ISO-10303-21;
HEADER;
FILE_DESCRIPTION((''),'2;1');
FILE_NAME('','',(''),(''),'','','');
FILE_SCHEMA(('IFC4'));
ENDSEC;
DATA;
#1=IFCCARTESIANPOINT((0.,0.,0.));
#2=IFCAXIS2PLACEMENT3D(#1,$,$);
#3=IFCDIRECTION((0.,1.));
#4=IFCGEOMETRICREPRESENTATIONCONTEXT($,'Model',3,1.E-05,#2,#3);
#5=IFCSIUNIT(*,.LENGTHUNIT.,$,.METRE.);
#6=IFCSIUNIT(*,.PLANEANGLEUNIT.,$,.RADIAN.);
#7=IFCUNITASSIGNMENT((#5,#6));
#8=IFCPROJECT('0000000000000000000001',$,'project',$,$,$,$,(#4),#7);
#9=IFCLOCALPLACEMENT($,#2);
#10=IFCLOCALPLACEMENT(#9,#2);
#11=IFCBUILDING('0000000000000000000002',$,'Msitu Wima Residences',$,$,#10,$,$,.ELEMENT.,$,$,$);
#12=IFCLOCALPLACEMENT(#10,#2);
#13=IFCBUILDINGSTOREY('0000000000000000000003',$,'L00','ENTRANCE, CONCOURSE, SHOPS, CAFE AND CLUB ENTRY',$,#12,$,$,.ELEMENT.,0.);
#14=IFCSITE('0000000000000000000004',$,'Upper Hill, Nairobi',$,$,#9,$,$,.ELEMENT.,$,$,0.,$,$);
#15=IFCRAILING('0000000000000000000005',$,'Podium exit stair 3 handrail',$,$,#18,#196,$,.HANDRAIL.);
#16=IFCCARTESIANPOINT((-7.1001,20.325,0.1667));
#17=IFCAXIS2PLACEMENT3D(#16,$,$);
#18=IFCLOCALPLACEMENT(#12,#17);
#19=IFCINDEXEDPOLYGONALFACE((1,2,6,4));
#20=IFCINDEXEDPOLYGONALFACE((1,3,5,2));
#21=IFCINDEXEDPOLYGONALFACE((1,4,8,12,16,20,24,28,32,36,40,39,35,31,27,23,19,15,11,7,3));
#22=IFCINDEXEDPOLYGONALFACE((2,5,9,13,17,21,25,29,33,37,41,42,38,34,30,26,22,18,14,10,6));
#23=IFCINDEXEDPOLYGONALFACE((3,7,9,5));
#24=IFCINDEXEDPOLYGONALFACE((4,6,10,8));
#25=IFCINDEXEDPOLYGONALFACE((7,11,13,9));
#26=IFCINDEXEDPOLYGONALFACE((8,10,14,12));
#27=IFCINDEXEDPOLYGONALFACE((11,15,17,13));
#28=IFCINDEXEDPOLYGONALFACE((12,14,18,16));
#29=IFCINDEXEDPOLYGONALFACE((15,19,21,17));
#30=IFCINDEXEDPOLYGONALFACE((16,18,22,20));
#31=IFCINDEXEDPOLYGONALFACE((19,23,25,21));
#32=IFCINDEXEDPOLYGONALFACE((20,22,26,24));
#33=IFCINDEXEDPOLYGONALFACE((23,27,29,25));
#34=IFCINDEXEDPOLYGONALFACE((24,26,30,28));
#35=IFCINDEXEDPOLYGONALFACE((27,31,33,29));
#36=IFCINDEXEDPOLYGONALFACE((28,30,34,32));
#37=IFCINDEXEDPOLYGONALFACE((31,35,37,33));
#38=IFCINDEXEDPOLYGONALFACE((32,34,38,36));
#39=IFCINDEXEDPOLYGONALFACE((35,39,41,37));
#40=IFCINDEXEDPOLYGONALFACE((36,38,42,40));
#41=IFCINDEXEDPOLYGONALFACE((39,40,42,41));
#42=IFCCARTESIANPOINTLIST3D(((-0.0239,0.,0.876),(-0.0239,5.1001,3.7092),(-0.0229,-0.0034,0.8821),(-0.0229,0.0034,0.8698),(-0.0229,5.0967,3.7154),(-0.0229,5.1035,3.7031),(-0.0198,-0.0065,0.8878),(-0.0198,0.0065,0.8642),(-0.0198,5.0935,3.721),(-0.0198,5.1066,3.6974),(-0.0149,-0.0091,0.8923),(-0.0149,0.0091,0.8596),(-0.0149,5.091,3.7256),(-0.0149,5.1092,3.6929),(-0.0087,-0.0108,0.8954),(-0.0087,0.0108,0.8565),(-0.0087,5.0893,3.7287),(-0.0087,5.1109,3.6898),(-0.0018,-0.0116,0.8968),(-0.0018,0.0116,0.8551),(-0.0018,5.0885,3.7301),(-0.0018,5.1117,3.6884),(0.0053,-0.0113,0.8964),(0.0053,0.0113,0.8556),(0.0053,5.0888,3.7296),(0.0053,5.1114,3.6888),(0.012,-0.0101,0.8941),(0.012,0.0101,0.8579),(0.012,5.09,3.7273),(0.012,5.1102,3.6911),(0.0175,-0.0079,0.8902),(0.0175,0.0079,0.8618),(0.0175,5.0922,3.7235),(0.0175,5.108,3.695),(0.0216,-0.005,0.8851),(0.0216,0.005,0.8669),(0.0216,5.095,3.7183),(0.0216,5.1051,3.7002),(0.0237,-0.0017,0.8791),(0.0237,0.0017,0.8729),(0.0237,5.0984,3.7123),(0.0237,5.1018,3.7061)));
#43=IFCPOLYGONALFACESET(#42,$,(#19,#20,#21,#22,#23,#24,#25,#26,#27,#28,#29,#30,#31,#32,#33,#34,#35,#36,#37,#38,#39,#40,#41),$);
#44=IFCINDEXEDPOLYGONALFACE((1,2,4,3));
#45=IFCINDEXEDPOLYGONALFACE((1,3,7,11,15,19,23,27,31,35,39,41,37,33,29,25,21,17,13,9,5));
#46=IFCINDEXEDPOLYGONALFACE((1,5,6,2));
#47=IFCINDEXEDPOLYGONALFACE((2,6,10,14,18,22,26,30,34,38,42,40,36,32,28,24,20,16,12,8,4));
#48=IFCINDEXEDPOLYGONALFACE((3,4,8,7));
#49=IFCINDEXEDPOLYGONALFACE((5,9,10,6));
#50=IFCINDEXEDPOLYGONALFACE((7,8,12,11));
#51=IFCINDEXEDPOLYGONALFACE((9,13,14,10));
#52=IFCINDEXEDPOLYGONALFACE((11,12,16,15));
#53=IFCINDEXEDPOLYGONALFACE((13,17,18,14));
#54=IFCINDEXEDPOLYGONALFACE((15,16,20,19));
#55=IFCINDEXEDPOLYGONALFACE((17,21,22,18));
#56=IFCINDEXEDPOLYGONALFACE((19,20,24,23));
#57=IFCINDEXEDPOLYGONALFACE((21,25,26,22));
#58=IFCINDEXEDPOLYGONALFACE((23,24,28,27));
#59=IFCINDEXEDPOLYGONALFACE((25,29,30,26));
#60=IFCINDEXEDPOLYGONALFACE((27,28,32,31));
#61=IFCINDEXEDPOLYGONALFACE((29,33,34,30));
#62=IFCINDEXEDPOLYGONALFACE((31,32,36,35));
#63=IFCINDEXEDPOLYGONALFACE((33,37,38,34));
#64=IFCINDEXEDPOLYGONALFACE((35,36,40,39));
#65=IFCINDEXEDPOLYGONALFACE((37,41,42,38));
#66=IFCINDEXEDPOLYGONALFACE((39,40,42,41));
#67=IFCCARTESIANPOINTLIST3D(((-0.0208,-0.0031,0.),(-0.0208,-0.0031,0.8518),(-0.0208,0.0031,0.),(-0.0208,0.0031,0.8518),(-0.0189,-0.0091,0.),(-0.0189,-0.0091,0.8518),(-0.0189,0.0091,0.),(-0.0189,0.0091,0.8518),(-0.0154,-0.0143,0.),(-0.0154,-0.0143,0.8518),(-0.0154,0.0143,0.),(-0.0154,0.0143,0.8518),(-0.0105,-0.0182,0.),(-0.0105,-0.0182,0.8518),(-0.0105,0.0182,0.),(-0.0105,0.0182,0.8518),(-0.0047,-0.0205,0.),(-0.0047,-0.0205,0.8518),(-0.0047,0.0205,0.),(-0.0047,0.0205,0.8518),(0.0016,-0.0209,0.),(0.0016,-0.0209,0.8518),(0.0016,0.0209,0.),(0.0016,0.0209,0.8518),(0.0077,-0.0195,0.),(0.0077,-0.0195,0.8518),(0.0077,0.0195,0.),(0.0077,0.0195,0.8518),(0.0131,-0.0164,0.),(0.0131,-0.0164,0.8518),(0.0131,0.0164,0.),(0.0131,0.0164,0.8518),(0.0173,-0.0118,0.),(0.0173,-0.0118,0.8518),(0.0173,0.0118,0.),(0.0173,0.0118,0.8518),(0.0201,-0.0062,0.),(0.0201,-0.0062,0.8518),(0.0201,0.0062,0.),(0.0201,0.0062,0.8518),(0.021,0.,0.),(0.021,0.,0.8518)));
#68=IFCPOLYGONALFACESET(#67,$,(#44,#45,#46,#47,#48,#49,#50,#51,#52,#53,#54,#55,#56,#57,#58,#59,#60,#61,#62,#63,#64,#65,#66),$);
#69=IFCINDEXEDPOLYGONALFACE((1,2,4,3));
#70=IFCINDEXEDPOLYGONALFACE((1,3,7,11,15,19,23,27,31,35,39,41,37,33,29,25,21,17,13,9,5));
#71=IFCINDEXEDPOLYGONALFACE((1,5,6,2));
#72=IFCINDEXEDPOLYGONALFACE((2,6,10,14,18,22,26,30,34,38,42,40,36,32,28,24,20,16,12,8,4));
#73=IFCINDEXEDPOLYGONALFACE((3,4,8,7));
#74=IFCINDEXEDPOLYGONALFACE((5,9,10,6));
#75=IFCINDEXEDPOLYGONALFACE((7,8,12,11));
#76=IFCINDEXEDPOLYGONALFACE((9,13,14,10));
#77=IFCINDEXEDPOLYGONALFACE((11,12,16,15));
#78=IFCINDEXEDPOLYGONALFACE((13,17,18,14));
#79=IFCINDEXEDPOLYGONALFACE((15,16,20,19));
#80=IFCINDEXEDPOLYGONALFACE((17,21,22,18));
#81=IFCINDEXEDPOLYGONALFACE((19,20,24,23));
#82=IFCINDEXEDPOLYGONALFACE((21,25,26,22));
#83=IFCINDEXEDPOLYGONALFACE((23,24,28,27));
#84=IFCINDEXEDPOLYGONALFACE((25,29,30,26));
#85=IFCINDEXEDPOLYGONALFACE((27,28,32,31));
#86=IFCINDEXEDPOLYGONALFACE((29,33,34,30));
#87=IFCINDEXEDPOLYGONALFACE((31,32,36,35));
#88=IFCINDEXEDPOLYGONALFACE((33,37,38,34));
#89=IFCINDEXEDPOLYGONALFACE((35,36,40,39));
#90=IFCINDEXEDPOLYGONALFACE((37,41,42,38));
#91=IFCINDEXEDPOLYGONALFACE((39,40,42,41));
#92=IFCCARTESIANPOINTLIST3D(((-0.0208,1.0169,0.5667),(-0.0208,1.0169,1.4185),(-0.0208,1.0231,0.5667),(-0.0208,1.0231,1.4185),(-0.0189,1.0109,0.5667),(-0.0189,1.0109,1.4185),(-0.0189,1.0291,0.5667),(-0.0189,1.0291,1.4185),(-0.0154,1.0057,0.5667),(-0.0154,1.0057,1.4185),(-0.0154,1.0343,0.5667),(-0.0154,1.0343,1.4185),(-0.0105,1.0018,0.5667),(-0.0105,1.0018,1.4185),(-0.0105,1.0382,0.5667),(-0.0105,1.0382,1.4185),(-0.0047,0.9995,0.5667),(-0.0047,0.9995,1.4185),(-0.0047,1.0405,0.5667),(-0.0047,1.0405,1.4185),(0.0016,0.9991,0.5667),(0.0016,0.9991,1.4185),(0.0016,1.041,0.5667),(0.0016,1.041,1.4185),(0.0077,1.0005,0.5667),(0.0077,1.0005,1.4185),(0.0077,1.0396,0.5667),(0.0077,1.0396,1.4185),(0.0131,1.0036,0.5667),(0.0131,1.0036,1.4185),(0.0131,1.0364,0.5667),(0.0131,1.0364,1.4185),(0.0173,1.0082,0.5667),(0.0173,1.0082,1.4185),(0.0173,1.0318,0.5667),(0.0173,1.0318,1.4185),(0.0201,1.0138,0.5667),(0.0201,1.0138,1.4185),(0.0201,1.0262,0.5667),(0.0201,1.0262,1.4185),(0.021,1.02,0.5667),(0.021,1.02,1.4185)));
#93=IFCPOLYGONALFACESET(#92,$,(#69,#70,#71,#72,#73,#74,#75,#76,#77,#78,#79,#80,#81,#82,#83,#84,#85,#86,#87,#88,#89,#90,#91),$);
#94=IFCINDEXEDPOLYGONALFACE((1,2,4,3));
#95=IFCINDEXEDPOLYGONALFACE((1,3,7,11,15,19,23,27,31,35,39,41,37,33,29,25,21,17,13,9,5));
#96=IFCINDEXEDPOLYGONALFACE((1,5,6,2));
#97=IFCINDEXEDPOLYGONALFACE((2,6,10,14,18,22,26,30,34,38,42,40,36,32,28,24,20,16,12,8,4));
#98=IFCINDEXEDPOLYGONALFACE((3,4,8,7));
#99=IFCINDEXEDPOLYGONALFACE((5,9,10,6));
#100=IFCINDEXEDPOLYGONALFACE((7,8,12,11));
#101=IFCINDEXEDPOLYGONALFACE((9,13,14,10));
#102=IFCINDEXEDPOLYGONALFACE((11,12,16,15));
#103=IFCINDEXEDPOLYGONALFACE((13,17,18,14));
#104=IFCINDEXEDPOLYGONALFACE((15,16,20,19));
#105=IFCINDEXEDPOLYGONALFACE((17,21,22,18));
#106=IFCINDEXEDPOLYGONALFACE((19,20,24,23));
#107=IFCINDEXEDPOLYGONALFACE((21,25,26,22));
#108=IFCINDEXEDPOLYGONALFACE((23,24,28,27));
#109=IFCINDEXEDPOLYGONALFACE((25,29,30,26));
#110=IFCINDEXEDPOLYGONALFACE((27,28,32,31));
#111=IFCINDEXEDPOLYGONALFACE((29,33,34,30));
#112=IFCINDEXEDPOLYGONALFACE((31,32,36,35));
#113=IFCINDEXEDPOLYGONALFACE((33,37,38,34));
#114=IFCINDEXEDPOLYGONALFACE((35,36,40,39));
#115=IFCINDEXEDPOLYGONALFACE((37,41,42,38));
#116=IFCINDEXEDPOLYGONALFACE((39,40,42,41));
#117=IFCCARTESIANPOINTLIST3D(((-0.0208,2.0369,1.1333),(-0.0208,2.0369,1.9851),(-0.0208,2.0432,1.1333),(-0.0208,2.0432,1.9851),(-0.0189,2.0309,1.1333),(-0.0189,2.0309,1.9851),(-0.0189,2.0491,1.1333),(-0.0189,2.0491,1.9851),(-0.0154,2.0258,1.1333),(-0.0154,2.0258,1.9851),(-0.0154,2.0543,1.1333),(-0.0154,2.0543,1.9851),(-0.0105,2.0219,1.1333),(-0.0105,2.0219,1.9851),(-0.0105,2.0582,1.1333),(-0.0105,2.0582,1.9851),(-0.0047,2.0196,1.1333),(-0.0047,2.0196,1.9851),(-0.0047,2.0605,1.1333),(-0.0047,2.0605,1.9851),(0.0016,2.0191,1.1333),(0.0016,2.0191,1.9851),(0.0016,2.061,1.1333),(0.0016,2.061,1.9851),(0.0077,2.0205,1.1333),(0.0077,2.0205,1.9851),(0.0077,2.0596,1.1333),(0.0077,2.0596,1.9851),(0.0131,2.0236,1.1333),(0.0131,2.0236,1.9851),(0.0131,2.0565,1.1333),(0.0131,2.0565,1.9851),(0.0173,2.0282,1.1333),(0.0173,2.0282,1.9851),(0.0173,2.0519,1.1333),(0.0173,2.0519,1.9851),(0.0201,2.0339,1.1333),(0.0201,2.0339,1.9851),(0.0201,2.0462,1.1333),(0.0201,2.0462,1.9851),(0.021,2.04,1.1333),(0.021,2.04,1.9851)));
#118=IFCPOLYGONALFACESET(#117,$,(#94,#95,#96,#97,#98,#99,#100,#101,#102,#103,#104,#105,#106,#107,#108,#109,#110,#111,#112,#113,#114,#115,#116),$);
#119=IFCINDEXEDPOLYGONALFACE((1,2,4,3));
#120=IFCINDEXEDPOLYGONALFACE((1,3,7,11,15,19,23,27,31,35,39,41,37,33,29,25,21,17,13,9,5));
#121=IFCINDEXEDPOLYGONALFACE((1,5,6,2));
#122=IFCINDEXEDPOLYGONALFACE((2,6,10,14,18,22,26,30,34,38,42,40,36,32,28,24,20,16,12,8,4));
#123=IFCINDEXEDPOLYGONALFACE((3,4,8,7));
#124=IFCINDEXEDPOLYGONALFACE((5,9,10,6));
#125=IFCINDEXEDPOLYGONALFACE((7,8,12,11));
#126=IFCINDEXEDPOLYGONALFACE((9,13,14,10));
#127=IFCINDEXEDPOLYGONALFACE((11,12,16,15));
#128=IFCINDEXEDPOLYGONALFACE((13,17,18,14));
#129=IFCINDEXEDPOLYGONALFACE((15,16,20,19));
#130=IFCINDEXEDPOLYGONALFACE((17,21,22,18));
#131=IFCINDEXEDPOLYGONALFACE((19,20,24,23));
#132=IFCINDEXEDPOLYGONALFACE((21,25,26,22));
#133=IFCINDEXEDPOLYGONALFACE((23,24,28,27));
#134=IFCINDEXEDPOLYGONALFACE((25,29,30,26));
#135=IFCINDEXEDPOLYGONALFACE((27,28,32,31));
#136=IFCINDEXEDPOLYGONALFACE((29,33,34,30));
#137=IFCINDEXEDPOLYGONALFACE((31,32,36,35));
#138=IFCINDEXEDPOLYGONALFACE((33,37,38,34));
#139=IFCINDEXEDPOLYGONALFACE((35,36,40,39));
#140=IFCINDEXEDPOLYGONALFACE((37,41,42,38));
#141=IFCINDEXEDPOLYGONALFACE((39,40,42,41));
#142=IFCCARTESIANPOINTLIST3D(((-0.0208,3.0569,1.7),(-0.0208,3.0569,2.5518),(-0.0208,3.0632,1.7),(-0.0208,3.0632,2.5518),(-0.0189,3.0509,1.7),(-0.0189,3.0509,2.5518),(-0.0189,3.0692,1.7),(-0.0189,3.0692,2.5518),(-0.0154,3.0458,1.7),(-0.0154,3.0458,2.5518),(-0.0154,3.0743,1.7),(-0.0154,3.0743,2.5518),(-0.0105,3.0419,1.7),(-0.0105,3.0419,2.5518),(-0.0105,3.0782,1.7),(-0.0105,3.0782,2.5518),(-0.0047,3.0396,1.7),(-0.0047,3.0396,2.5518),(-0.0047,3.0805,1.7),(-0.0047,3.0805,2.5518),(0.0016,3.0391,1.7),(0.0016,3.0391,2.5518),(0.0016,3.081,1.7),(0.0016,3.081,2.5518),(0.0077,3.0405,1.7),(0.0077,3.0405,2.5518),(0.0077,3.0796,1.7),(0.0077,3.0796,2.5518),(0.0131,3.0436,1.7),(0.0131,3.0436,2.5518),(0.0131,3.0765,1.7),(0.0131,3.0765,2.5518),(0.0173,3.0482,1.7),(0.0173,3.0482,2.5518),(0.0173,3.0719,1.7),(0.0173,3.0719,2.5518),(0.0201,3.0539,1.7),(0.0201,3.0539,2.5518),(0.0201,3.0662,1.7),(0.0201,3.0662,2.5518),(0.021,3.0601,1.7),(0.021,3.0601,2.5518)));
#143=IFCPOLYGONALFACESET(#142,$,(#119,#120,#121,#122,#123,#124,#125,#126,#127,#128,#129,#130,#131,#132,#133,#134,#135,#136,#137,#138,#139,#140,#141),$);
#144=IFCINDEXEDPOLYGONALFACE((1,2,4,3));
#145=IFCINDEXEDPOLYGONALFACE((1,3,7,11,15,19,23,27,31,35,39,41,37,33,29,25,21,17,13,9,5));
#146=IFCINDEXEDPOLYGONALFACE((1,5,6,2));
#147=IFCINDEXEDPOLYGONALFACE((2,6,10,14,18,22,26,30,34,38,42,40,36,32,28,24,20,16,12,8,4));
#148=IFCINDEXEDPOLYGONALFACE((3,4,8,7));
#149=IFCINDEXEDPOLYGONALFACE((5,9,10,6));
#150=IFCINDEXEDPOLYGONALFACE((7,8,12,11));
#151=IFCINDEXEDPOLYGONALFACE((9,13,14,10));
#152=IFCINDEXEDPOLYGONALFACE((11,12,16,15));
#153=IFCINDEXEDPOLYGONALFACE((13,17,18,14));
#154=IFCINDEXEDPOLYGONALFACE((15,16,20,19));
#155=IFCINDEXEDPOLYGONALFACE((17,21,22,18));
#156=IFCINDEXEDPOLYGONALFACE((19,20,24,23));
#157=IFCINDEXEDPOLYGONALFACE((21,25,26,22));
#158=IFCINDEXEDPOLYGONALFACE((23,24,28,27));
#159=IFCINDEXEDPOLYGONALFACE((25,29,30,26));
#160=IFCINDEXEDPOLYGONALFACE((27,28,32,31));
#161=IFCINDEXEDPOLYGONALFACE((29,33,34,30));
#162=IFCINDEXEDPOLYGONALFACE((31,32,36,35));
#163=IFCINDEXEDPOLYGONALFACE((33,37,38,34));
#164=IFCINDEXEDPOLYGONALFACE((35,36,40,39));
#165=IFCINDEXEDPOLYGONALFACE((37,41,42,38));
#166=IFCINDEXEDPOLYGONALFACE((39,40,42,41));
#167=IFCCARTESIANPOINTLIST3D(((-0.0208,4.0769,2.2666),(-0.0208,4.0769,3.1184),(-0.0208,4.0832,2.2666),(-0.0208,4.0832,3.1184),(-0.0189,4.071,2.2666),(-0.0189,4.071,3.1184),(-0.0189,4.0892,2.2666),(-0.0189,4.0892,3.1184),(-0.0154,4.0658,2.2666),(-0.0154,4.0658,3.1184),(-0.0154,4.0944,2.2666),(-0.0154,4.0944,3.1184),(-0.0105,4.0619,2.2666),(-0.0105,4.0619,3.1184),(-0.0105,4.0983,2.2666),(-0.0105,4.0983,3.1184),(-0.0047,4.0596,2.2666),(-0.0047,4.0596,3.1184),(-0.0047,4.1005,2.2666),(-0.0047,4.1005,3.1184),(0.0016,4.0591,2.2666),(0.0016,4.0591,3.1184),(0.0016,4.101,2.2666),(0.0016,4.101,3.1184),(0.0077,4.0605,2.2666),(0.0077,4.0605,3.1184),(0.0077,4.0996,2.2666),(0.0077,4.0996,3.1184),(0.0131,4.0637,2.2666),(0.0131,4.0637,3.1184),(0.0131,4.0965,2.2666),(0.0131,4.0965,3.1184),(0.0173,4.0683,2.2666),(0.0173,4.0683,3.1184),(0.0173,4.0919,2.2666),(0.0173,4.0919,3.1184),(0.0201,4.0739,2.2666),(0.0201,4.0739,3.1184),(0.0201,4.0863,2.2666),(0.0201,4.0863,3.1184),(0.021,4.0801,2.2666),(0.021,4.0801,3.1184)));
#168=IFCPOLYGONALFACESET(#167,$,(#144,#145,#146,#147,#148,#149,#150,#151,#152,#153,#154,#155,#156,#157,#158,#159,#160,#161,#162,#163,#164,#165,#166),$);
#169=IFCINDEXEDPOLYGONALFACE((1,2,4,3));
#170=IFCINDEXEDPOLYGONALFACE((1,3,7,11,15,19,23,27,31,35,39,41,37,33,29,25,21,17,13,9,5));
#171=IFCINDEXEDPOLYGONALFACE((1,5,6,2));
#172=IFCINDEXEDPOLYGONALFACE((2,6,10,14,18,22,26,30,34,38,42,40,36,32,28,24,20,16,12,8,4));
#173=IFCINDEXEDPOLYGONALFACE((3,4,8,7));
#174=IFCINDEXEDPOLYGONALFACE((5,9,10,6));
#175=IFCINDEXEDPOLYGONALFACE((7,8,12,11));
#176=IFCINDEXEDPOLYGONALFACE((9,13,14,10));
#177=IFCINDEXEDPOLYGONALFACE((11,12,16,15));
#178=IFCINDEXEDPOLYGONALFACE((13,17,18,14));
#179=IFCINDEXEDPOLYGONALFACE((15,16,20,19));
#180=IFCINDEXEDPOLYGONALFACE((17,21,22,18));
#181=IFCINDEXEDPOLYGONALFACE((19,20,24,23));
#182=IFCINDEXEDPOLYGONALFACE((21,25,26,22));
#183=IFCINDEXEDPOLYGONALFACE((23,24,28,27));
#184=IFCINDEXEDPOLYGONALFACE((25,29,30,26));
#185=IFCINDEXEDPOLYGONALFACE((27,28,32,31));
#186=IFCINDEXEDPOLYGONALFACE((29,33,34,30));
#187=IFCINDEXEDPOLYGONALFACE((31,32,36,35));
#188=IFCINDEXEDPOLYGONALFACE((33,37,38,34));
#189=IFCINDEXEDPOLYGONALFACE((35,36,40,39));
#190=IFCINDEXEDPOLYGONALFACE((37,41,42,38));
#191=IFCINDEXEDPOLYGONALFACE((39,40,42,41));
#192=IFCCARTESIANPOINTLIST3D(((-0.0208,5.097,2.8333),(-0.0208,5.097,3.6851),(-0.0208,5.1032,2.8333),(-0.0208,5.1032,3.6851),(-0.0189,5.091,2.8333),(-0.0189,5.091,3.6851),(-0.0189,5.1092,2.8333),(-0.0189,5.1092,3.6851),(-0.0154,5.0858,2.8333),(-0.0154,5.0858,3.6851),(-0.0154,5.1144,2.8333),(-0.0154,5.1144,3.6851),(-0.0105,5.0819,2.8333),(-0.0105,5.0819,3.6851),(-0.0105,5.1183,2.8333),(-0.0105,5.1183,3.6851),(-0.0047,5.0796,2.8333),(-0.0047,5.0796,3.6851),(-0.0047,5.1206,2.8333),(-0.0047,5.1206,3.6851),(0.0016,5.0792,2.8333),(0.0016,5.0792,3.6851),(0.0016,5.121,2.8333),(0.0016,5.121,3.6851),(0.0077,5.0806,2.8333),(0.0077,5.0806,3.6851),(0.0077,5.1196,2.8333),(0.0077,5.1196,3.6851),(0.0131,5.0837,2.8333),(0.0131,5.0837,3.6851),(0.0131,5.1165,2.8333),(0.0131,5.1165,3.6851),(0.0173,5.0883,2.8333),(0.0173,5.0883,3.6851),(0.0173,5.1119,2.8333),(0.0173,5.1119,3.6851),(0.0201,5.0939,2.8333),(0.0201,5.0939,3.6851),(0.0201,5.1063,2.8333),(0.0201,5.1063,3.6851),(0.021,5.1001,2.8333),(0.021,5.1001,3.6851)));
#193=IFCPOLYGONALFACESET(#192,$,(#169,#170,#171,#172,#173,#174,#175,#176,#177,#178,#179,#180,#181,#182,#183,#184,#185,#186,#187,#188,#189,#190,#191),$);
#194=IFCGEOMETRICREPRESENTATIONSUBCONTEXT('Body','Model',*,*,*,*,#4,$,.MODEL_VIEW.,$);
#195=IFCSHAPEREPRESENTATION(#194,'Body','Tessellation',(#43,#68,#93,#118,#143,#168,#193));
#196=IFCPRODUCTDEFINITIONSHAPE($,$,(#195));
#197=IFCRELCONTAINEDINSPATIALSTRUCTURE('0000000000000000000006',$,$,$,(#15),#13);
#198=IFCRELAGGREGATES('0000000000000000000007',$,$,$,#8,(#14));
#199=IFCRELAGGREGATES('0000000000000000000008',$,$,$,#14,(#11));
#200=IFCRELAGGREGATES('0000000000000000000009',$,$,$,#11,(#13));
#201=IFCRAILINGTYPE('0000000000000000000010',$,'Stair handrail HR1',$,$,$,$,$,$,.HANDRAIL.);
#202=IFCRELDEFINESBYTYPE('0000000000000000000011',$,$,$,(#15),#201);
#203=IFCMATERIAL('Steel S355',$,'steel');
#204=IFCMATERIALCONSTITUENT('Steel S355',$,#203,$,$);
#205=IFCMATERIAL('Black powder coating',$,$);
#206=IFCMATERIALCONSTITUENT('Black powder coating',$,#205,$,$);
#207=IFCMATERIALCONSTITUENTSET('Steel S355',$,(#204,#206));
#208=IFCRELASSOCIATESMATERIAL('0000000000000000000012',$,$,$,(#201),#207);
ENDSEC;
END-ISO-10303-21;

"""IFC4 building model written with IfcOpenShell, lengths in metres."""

from ifc_helpers import new_model, si_unit, direction, frame, origin, origin_2d, place, context, subcontext, project, spatial, circle, extrude, material, constituent, constituent_set, type_object, element, save


model = new_model("IFC4")

# Units and contexts
model_context = context("Model", 3, precision=1e-05, world=origin(), true_north=direction((0.0, 1.0)))
body_context = subcontext(model_context, "Body", "Model", "MODEL_VIEW")
ifc_project = project(units=[si_unit("LENGTHUNIT", "METRE"), si_unit("PLANEANGLEUNIT", "RADIAN")], contexts=[model_context])

# Site, building, storey
site_placement = place(None, origin())
site = spatial("IfcSite", under=ifc_project, at=site_placement, Name="Upper Hill, Nairobi", CompositionType="ELEMENT", RefElevation=0.0)
building_placement = place(site_placement, origin())
building = spatial("IfcBuilding", under=site, at=building_placement, Name="Msitu Wima Residences", CompositionType="ELEMENT")
storey_placement = place(building_placement, origin())
storey = spatial("IfcBuildingStorey", under=building, at=storey_placement, Name="L00", Description="ENTRANCE, CONCOURSE, SHOPS, CAFE AND CLUB ENTRY", CompositionType="ELEMENT", Elevation=0.0)

# Railing
ifc_material_1 = material(Name="Steel S355", Category="steel")
ifc_constituent_1 = constituent(ifc_material_1, Name="Steel S355")
ifc_material_2 = material(Name="Black powder coating")
ifc_constituent_2 = constituent(ifc_material_2, Name="Black powder coating")
ifc_constituent_set = constituent_set(constituents=[ifc_constituent_1, ifc_constituent_2], Name="Steel S355")
railing_type = type_object("IfcRailingType", Name="Stair handrail HR1", PredefinedType="HANDRAIL", material=ifc_constituent_set)
for number, where, name in (
    (1, (-7.1001, 20.325, 0.1667), "Podium exit stair 3 handrail"),
):
    element("IfcRailing", number, at=place(storey_placement, frame(where)), inside=storey, type_object=railing_type, Name=name, PredefinedType="HANDRAIL", context=body_context, shape_type="SweptSolid", body=[
        extrude(circle(Radius=0.0239, at=origin_2d()), frame((0.0, 0.0, 0.876), z_axis=(0.0, 0.874167, 0.485625), x_axis=(-1.0, 0.0, 0.0)), (0.0, 0.0, 1.0), 5.8342),
        extrude(circle(Radius=0.021, at=origin_2d()), origin(), (0.0, 0.0, 1.0), 0.8518),
        extrude(circle(Radius=0.021, at=origin_2d()), frame((0.0, 1.02, 0.5667)), (0.0, 0.0, 1.0), 0.8518),
        extrude(circle(Radius=0.021, at=origin_2d()), frame((0.0, 2.04, 1.1333)), (0.0, 0.0, 1.0), 0.8518),
        extrude(circle(Radius=0.021, at=origin_2d()), frame((0.0, 3.0601, 1.7)), (0.0, 0.0, 1.0), 0.8518),
        extrude(circle(Radius=0.021, at=origin_2d()), frame((0.0, 4.0801, 2.2666)), (0.0, 0.0, 1.0), 0.8518),
        extrude(circle(Radius=0.021, at=origin_2d()), frame((0.0, 5.1001, 2.8333)), (0.0, 0.0, 1.0), 0.8518),
    ])

save(model, "model.ifc")
